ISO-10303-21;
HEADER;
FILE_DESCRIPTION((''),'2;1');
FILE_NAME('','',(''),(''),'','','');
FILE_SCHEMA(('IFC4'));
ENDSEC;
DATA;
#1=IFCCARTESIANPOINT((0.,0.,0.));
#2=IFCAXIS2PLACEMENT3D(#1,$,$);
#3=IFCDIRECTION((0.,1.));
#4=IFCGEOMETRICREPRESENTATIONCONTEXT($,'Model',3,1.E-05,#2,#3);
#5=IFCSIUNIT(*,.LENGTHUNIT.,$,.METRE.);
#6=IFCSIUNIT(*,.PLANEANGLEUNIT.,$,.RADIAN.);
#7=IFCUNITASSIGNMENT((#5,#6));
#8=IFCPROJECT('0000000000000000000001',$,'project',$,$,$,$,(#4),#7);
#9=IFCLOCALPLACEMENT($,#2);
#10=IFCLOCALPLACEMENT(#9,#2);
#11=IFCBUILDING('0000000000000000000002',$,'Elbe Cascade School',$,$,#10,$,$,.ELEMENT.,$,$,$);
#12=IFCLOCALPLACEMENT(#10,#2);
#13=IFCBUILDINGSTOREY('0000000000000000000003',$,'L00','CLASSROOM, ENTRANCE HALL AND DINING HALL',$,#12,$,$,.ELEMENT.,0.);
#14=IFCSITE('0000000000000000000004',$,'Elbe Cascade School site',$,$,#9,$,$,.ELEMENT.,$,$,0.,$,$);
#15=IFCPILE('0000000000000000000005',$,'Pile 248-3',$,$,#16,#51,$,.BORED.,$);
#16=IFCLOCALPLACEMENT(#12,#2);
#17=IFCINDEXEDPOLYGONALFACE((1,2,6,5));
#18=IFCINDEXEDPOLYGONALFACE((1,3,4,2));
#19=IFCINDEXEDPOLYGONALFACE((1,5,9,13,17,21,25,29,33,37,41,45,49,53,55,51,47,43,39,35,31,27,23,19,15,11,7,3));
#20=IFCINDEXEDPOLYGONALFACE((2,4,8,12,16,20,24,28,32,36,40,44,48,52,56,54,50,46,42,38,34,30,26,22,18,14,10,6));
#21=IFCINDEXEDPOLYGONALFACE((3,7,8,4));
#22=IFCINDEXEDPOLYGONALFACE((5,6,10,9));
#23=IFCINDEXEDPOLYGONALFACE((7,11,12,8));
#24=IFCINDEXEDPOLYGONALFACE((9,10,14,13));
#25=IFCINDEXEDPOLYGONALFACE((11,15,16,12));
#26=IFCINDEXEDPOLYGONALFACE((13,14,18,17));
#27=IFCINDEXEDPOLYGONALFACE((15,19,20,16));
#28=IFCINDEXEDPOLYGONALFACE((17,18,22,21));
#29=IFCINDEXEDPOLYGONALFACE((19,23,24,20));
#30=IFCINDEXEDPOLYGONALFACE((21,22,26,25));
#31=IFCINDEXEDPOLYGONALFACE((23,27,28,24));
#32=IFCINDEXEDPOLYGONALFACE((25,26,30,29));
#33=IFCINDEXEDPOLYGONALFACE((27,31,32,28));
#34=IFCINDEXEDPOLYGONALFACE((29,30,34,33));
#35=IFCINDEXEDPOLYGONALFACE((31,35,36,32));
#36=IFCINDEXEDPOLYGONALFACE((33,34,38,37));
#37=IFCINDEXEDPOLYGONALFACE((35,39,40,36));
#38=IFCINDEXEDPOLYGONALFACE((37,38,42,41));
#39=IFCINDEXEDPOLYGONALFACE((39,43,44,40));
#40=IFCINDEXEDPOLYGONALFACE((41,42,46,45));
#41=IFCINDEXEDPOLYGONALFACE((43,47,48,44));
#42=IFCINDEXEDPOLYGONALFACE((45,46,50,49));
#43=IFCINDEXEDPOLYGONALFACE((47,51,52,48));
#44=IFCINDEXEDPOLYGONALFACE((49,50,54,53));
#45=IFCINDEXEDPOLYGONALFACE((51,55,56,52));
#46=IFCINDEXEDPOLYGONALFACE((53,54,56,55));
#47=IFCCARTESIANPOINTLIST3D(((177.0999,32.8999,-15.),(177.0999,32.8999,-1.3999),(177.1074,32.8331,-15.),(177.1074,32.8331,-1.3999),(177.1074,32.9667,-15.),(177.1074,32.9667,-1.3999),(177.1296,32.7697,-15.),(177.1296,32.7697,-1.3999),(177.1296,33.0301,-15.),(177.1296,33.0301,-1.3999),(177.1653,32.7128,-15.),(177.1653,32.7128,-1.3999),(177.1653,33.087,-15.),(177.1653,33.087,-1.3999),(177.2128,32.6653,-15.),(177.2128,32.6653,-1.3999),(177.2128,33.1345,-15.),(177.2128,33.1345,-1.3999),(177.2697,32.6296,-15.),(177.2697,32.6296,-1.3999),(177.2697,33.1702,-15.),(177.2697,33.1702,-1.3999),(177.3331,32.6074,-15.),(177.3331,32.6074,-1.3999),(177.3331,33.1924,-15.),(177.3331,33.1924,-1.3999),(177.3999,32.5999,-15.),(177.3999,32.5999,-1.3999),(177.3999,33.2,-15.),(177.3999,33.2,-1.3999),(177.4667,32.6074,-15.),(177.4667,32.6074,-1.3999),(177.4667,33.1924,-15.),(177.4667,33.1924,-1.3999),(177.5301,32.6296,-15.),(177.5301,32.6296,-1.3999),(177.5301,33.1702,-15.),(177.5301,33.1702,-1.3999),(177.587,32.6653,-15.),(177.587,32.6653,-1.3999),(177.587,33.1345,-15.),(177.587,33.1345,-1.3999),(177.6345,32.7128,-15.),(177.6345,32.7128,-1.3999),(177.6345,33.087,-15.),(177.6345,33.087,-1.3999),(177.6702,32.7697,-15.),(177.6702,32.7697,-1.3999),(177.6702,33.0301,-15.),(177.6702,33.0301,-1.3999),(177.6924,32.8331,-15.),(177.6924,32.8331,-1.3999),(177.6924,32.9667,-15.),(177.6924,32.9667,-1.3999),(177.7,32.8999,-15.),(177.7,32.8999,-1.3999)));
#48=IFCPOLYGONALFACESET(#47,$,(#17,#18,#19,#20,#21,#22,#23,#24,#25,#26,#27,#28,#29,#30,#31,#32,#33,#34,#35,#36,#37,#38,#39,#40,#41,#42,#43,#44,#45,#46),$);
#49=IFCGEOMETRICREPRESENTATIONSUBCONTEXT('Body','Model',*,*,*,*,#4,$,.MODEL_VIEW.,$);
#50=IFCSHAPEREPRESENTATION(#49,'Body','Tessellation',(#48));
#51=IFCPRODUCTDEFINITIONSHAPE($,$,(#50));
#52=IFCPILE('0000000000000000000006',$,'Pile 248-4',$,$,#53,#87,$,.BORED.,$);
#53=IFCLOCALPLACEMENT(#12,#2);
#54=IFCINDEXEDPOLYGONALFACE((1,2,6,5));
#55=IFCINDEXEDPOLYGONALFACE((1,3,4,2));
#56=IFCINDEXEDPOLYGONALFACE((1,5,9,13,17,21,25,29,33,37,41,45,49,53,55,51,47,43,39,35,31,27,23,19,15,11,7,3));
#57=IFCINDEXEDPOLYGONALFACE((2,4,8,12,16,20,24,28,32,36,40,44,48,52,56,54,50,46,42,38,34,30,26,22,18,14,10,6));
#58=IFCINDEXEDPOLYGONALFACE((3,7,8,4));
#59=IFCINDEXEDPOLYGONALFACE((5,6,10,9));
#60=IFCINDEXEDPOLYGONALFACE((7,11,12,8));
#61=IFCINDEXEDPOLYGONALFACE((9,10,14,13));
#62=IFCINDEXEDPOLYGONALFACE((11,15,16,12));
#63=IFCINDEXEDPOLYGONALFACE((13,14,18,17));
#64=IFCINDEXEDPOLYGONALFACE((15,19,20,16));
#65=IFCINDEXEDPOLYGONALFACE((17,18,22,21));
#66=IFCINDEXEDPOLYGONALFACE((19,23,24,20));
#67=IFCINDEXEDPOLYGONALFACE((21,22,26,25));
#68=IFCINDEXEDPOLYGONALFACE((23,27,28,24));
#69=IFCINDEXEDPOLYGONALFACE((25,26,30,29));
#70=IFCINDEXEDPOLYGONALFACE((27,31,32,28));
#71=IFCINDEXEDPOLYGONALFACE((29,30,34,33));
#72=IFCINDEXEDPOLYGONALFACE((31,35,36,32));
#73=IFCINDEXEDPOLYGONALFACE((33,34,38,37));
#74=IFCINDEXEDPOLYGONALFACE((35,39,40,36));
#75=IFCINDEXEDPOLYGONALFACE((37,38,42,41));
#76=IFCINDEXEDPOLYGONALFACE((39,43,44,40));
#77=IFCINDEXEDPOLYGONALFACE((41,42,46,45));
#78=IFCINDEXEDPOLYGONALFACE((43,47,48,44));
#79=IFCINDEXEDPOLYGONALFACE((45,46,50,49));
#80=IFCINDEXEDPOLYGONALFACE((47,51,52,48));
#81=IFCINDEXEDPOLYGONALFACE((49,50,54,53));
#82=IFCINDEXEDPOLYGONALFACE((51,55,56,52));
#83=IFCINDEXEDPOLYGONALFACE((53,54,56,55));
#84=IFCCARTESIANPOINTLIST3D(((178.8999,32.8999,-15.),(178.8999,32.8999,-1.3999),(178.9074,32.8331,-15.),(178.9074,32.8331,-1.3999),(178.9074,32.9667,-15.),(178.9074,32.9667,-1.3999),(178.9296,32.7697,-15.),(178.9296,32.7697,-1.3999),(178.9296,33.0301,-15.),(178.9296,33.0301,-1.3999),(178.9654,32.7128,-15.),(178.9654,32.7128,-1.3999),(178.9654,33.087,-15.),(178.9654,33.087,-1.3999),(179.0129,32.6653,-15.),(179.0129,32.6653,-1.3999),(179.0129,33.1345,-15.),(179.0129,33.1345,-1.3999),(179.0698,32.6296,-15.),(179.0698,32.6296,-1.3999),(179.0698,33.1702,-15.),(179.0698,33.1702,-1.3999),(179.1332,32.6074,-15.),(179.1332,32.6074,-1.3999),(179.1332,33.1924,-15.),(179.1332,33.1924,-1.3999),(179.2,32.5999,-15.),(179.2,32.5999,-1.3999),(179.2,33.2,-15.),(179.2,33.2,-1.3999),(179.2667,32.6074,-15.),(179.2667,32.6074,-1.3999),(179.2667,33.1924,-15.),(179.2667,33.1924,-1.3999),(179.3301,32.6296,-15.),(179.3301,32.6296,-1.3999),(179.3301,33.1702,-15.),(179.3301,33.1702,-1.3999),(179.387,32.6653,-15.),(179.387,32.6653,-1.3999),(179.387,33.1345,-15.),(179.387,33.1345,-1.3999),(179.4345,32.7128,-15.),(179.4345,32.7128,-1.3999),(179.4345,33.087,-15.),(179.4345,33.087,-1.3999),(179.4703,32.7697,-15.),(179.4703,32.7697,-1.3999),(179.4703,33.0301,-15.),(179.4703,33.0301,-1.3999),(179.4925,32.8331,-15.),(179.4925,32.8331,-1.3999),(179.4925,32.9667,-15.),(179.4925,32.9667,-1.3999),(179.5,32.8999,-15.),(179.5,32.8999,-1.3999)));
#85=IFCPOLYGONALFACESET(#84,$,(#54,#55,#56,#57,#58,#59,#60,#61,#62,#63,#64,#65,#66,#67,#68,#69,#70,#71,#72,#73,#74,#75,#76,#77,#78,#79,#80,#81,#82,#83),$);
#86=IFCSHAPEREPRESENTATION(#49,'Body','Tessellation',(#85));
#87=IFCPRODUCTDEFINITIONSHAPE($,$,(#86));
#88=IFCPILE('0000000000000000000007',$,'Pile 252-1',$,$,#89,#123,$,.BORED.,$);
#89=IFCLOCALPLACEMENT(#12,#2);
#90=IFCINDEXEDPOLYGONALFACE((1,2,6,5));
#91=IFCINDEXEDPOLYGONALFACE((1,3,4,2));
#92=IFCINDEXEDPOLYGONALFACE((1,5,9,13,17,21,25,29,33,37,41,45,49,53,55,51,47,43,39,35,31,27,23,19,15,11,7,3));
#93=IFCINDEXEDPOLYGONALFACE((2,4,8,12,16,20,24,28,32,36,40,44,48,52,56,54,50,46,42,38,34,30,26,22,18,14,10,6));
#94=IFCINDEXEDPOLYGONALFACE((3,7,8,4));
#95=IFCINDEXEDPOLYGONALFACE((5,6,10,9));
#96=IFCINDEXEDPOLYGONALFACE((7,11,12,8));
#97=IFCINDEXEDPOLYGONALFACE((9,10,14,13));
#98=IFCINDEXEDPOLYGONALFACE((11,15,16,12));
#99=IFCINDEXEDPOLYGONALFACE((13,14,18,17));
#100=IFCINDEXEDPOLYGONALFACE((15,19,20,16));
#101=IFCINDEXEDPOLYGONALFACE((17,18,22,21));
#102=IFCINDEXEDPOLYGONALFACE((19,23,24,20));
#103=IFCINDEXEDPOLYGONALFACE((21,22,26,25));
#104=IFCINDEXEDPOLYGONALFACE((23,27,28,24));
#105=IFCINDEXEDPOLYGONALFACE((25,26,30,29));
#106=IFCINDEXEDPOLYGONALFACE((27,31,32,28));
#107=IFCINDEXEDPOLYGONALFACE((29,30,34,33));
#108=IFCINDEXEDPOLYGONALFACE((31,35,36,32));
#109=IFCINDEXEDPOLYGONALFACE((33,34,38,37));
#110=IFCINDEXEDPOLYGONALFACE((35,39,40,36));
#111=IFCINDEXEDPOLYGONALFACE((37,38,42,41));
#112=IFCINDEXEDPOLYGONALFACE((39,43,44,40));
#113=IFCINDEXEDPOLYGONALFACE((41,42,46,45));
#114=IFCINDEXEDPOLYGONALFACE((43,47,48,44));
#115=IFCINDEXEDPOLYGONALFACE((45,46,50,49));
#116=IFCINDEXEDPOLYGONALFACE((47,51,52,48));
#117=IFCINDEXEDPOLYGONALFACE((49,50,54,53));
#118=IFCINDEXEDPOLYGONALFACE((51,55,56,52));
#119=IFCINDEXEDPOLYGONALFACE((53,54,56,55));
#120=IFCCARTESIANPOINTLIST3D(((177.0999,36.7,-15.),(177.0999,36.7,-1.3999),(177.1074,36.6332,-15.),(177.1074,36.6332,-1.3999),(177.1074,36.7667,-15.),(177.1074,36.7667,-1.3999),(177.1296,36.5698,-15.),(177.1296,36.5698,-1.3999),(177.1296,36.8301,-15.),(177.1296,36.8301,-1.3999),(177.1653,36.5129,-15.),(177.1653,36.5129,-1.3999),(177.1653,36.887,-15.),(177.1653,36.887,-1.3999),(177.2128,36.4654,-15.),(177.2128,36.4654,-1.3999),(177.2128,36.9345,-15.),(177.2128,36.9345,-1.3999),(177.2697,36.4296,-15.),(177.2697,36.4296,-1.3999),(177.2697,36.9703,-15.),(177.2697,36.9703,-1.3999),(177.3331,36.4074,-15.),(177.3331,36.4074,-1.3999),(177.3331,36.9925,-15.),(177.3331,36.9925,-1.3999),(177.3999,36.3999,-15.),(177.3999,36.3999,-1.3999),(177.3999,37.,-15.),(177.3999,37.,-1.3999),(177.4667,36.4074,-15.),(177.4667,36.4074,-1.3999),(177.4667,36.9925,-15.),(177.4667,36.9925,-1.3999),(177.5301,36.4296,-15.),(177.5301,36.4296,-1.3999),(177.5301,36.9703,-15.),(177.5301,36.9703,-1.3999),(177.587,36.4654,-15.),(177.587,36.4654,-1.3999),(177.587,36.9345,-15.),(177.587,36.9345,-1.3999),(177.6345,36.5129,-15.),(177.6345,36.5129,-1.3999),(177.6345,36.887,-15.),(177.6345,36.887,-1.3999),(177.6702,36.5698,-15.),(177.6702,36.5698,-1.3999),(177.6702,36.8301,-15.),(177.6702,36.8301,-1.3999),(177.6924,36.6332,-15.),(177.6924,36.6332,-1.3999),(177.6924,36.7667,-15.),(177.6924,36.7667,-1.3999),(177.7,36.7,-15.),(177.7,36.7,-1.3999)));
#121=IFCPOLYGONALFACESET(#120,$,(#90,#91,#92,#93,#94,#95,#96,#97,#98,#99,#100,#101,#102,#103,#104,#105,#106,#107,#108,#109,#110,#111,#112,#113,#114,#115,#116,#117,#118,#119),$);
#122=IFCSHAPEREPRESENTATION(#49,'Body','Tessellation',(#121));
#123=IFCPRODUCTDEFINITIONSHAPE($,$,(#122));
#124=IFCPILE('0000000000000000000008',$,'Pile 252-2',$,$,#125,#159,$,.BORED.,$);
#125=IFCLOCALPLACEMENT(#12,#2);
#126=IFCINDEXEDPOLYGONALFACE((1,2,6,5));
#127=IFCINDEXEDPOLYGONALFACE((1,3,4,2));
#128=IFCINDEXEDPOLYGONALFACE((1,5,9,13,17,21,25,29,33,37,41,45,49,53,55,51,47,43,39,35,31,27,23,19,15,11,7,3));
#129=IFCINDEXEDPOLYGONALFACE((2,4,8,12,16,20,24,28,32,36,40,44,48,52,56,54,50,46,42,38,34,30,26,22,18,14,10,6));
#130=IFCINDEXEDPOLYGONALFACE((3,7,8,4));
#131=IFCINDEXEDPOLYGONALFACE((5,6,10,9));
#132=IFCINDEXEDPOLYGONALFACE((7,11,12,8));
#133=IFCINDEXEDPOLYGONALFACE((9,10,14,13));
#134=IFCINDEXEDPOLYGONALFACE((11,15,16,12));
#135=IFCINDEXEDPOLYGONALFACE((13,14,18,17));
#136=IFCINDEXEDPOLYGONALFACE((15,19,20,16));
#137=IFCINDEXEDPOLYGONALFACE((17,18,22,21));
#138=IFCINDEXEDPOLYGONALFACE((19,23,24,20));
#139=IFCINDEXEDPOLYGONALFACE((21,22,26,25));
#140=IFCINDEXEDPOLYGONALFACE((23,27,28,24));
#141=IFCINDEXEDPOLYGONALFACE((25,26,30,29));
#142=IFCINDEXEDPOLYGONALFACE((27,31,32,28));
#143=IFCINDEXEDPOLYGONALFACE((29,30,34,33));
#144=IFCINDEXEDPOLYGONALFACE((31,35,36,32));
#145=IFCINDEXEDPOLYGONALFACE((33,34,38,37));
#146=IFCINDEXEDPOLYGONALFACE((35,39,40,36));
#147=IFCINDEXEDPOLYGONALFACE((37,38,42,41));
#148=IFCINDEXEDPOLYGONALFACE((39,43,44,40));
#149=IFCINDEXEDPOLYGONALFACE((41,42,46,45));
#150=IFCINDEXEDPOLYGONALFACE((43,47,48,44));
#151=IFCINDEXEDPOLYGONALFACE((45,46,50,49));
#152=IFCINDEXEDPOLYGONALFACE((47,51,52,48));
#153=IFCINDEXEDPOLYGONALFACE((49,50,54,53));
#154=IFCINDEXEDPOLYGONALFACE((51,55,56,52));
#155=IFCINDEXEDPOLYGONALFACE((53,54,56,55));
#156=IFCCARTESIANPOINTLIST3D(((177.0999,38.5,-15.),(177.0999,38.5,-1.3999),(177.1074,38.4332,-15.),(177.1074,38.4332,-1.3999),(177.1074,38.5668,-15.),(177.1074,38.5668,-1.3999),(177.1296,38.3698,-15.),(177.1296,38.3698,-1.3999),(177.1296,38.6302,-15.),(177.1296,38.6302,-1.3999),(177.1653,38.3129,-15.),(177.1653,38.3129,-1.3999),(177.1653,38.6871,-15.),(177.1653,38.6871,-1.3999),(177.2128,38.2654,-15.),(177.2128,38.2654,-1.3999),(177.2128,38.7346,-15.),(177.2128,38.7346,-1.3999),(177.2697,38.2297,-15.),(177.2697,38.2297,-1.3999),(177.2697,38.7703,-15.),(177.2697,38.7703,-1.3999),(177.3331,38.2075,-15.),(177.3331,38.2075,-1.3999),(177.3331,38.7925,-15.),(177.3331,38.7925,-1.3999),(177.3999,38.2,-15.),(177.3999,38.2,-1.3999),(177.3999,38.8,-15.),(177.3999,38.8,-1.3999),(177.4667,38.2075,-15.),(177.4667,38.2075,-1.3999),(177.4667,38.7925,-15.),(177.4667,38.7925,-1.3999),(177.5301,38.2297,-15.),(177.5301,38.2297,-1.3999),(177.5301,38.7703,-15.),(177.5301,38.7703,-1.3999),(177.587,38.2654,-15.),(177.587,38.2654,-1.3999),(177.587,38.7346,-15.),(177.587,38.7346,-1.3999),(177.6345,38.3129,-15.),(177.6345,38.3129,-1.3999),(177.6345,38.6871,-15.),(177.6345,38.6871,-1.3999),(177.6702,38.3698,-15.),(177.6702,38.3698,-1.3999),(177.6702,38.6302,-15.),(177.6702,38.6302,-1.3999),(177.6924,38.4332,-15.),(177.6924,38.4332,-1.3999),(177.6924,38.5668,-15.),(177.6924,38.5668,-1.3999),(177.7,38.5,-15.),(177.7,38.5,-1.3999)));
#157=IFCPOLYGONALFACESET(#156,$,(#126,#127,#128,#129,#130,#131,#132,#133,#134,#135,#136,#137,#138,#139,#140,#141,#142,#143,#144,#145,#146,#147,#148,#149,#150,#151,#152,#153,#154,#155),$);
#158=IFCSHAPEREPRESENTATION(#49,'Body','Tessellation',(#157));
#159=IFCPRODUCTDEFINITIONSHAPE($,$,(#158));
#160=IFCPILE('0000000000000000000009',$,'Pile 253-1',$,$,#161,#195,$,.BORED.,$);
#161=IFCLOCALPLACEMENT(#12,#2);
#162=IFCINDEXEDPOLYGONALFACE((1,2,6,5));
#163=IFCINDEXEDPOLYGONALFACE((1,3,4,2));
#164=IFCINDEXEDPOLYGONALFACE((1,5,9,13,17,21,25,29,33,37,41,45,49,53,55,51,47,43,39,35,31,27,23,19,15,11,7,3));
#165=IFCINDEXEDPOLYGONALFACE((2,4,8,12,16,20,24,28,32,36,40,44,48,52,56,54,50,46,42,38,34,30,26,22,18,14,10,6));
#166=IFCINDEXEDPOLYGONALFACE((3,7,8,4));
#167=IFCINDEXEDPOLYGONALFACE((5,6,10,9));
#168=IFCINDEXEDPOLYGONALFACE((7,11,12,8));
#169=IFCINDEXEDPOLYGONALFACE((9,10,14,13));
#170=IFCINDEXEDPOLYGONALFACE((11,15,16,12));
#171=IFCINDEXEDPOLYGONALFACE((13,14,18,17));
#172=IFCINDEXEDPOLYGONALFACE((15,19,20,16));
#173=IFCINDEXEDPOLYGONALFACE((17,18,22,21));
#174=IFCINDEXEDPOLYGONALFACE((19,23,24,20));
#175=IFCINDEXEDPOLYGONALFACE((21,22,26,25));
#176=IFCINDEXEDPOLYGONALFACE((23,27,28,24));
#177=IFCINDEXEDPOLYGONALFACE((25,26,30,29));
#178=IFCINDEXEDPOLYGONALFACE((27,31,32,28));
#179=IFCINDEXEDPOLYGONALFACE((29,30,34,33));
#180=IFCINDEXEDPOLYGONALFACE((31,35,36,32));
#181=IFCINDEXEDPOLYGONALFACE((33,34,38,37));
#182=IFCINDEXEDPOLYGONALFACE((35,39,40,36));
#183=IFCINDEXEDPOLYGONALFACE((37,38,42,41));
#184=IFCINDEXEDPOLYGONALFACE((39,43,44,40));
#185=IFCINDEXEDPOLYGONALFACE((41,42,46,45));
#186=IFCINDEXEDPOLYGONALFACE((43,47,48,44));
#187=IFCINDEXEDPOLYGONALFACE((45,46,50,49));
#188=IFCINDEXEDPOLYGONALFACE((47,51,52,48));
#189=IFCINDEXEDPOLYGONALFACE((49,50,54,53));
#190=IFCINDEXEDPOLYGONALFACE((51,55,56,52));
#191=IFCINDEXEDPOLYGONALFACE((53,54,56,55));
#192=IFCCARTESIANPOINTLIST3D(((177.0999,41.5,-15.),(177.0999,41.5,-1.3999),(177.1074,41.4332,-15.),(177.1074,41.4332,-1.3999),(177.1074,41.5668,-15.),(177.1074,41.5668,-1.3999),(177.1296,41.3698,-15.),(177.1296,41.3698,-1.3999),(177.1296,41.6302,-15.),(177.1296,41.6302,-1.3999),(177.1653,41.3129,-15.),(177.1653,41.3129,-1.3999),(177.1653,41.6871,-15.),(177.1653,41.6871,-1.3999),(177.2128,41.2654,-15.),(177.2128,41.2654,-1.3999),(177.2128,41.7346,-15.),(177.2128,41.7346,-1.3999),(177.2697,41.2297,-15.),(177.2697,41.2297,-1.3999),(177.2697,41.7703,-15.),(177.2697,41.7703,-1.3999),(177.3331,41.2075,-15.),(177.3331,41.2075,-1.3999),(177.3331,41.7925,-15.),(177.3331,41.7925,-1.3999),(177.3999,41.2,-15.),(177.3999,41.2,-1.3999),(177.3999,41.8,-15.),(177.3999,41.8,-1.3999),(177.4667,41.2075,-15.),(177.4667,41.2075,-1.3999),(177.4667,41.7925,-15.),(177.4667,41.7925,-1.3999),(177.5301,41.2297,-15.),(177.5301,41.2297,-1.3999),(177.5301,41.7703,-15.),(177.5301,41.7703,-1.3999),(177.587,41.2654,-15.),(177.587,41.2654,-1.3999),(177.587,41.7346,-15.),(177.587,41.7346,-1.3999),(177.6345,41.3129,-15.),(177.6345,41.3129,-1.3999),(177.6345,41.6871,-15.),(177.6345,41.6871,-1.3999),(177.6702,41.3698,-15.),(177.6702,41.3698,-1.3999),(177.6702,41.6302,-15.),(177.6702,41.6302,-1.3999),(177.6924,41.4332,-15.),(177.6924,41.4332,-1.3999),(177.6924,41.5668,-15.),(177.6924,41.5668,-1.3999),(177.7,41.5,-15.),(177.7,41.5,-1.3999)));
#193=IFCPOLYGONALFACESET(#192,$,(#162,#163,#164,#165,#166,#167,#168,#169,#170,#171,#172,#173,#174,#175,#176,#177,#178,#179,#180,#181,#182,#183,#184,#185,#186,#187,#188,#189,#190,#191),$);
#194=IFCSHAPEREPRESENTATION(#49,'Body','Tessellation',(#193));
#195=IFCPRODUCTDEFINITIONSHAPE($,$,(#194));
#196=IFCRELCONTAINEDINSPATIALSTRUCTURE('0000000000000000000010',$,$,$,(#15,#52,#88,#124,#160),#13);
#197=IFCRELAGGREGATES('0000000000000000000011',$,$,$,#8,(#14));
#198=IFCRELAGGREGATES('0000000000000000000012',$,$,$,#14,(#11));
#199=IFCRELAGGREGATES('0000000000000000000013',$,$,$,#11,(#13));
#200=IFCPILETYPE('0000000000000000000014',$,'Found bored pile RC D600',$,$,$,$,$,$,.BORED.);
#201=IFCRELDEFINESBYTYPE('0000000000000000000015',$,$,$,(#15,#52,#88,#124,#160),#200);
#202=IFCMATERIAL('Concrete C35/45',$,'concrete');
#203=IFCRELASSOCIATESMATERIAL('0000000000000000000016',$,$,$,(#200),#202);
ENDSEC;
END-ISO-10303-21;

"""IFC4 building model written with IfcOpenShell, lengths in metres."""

from ifc_helpers import new_model, si_unit, direction, frame, origin, origin_2d, place, context, subcontext, project, spatial, circle, extrude, material, material_profile, profile_set, type_object, element, save


model = new_model("IFC4")

# Units and contexts
model_context = context("Model", 3, precision=1e-05, world=origin(), true_north=direction((0.0, 1.0)))
body_context = subcontext(model_context, "Body", "Model", "MODEL_VIEW")
ifc_project = project(units=[si_unit("LENGTHUNIT", "METRE"), si_unit("PLANEANGLEUNIT", "RADIAN")], contexts=[model_context])

# Site, building, storey
site_placement = place(None, origin())
site = spatial("IfcSite", under=ifc_project, at=site_placement, Name="Elbe Cascade School site", CompositionType="ELEMENT", RefElevation=0.0)
building_placement = place(site_placement, origin())
building = spatial("IfcBuilding", under=site, at=building_placement, Name="Elbe Cascade School", CompositionType="ELEMENT")
storey_placement = place(building_placement, origin())
storey = spatial("IfcBuildingStorey", under=building, at=storey_placement, Name="L00", Description="CLASSROOM, ENTRANCE HALL AND DINING HALL", CompositionType="ELEMENT", Elevation=0.0)

# Piles
ifc_material_1 = material(Name="Concrete C35/45", Category="concrete")
ifc_material_profile_1 = material_profile(ifc_material_1, circle(Radius=0.3, at=origin_2d()), Name="RC D600")
ifc_profile_set_1 = profile_set([ifc_material_profile_1], Name="Concrete C35/45")
pile_type = type_object("IfcPileType", Name="Found bored pile RC D600", PredefinedType="BORED", material=ifc_profile_set_1)
for number, where, z_axis, x_axis, name in (
    (1, (177.3999, 32.8999, -1.3999), (0.0, 0.0, -1.0), (1.0, 0.0, 0.0), "Pile 248-3"),
    (2, (179.2, 32.8999, -1.3999), (0.0, 0.0, -1.0), (1.0, 0.0, 0.0), "Pile 248-4"),
    (3, (177.3999, 36.7, -1.3999), (0.0, 0.0, -1.0), (1.0, 0.0, 0.0), "Pile 252-1"),
    (4, (177.3999, 38.5, -1.3999), (0.0, 0.0, -1.0), (1.0, 0.0, 0.0), "Pile 252-2"),
    (5, (177.3999, 41.5, -1.3999), (0.0, 0.0, -1.0), (1.0, 0.0, 0.0), "Pile 253-1"),
):
    element("IfcPile", number, at=place(storey_placement, frame(where, z_axis=z_axis, x_axis=x_axis)), inside=storey, type_object=pile_type, Name=name, PredefinedType="BORED", context=body_context, shape_type="SweptSolid", body=[
        extrude(circle(Radius=0.3, at=origin_2d()), origin(), (0.0, 0.0, 1.0), 13.6001),
    ])

save(model, "model.ifc")
